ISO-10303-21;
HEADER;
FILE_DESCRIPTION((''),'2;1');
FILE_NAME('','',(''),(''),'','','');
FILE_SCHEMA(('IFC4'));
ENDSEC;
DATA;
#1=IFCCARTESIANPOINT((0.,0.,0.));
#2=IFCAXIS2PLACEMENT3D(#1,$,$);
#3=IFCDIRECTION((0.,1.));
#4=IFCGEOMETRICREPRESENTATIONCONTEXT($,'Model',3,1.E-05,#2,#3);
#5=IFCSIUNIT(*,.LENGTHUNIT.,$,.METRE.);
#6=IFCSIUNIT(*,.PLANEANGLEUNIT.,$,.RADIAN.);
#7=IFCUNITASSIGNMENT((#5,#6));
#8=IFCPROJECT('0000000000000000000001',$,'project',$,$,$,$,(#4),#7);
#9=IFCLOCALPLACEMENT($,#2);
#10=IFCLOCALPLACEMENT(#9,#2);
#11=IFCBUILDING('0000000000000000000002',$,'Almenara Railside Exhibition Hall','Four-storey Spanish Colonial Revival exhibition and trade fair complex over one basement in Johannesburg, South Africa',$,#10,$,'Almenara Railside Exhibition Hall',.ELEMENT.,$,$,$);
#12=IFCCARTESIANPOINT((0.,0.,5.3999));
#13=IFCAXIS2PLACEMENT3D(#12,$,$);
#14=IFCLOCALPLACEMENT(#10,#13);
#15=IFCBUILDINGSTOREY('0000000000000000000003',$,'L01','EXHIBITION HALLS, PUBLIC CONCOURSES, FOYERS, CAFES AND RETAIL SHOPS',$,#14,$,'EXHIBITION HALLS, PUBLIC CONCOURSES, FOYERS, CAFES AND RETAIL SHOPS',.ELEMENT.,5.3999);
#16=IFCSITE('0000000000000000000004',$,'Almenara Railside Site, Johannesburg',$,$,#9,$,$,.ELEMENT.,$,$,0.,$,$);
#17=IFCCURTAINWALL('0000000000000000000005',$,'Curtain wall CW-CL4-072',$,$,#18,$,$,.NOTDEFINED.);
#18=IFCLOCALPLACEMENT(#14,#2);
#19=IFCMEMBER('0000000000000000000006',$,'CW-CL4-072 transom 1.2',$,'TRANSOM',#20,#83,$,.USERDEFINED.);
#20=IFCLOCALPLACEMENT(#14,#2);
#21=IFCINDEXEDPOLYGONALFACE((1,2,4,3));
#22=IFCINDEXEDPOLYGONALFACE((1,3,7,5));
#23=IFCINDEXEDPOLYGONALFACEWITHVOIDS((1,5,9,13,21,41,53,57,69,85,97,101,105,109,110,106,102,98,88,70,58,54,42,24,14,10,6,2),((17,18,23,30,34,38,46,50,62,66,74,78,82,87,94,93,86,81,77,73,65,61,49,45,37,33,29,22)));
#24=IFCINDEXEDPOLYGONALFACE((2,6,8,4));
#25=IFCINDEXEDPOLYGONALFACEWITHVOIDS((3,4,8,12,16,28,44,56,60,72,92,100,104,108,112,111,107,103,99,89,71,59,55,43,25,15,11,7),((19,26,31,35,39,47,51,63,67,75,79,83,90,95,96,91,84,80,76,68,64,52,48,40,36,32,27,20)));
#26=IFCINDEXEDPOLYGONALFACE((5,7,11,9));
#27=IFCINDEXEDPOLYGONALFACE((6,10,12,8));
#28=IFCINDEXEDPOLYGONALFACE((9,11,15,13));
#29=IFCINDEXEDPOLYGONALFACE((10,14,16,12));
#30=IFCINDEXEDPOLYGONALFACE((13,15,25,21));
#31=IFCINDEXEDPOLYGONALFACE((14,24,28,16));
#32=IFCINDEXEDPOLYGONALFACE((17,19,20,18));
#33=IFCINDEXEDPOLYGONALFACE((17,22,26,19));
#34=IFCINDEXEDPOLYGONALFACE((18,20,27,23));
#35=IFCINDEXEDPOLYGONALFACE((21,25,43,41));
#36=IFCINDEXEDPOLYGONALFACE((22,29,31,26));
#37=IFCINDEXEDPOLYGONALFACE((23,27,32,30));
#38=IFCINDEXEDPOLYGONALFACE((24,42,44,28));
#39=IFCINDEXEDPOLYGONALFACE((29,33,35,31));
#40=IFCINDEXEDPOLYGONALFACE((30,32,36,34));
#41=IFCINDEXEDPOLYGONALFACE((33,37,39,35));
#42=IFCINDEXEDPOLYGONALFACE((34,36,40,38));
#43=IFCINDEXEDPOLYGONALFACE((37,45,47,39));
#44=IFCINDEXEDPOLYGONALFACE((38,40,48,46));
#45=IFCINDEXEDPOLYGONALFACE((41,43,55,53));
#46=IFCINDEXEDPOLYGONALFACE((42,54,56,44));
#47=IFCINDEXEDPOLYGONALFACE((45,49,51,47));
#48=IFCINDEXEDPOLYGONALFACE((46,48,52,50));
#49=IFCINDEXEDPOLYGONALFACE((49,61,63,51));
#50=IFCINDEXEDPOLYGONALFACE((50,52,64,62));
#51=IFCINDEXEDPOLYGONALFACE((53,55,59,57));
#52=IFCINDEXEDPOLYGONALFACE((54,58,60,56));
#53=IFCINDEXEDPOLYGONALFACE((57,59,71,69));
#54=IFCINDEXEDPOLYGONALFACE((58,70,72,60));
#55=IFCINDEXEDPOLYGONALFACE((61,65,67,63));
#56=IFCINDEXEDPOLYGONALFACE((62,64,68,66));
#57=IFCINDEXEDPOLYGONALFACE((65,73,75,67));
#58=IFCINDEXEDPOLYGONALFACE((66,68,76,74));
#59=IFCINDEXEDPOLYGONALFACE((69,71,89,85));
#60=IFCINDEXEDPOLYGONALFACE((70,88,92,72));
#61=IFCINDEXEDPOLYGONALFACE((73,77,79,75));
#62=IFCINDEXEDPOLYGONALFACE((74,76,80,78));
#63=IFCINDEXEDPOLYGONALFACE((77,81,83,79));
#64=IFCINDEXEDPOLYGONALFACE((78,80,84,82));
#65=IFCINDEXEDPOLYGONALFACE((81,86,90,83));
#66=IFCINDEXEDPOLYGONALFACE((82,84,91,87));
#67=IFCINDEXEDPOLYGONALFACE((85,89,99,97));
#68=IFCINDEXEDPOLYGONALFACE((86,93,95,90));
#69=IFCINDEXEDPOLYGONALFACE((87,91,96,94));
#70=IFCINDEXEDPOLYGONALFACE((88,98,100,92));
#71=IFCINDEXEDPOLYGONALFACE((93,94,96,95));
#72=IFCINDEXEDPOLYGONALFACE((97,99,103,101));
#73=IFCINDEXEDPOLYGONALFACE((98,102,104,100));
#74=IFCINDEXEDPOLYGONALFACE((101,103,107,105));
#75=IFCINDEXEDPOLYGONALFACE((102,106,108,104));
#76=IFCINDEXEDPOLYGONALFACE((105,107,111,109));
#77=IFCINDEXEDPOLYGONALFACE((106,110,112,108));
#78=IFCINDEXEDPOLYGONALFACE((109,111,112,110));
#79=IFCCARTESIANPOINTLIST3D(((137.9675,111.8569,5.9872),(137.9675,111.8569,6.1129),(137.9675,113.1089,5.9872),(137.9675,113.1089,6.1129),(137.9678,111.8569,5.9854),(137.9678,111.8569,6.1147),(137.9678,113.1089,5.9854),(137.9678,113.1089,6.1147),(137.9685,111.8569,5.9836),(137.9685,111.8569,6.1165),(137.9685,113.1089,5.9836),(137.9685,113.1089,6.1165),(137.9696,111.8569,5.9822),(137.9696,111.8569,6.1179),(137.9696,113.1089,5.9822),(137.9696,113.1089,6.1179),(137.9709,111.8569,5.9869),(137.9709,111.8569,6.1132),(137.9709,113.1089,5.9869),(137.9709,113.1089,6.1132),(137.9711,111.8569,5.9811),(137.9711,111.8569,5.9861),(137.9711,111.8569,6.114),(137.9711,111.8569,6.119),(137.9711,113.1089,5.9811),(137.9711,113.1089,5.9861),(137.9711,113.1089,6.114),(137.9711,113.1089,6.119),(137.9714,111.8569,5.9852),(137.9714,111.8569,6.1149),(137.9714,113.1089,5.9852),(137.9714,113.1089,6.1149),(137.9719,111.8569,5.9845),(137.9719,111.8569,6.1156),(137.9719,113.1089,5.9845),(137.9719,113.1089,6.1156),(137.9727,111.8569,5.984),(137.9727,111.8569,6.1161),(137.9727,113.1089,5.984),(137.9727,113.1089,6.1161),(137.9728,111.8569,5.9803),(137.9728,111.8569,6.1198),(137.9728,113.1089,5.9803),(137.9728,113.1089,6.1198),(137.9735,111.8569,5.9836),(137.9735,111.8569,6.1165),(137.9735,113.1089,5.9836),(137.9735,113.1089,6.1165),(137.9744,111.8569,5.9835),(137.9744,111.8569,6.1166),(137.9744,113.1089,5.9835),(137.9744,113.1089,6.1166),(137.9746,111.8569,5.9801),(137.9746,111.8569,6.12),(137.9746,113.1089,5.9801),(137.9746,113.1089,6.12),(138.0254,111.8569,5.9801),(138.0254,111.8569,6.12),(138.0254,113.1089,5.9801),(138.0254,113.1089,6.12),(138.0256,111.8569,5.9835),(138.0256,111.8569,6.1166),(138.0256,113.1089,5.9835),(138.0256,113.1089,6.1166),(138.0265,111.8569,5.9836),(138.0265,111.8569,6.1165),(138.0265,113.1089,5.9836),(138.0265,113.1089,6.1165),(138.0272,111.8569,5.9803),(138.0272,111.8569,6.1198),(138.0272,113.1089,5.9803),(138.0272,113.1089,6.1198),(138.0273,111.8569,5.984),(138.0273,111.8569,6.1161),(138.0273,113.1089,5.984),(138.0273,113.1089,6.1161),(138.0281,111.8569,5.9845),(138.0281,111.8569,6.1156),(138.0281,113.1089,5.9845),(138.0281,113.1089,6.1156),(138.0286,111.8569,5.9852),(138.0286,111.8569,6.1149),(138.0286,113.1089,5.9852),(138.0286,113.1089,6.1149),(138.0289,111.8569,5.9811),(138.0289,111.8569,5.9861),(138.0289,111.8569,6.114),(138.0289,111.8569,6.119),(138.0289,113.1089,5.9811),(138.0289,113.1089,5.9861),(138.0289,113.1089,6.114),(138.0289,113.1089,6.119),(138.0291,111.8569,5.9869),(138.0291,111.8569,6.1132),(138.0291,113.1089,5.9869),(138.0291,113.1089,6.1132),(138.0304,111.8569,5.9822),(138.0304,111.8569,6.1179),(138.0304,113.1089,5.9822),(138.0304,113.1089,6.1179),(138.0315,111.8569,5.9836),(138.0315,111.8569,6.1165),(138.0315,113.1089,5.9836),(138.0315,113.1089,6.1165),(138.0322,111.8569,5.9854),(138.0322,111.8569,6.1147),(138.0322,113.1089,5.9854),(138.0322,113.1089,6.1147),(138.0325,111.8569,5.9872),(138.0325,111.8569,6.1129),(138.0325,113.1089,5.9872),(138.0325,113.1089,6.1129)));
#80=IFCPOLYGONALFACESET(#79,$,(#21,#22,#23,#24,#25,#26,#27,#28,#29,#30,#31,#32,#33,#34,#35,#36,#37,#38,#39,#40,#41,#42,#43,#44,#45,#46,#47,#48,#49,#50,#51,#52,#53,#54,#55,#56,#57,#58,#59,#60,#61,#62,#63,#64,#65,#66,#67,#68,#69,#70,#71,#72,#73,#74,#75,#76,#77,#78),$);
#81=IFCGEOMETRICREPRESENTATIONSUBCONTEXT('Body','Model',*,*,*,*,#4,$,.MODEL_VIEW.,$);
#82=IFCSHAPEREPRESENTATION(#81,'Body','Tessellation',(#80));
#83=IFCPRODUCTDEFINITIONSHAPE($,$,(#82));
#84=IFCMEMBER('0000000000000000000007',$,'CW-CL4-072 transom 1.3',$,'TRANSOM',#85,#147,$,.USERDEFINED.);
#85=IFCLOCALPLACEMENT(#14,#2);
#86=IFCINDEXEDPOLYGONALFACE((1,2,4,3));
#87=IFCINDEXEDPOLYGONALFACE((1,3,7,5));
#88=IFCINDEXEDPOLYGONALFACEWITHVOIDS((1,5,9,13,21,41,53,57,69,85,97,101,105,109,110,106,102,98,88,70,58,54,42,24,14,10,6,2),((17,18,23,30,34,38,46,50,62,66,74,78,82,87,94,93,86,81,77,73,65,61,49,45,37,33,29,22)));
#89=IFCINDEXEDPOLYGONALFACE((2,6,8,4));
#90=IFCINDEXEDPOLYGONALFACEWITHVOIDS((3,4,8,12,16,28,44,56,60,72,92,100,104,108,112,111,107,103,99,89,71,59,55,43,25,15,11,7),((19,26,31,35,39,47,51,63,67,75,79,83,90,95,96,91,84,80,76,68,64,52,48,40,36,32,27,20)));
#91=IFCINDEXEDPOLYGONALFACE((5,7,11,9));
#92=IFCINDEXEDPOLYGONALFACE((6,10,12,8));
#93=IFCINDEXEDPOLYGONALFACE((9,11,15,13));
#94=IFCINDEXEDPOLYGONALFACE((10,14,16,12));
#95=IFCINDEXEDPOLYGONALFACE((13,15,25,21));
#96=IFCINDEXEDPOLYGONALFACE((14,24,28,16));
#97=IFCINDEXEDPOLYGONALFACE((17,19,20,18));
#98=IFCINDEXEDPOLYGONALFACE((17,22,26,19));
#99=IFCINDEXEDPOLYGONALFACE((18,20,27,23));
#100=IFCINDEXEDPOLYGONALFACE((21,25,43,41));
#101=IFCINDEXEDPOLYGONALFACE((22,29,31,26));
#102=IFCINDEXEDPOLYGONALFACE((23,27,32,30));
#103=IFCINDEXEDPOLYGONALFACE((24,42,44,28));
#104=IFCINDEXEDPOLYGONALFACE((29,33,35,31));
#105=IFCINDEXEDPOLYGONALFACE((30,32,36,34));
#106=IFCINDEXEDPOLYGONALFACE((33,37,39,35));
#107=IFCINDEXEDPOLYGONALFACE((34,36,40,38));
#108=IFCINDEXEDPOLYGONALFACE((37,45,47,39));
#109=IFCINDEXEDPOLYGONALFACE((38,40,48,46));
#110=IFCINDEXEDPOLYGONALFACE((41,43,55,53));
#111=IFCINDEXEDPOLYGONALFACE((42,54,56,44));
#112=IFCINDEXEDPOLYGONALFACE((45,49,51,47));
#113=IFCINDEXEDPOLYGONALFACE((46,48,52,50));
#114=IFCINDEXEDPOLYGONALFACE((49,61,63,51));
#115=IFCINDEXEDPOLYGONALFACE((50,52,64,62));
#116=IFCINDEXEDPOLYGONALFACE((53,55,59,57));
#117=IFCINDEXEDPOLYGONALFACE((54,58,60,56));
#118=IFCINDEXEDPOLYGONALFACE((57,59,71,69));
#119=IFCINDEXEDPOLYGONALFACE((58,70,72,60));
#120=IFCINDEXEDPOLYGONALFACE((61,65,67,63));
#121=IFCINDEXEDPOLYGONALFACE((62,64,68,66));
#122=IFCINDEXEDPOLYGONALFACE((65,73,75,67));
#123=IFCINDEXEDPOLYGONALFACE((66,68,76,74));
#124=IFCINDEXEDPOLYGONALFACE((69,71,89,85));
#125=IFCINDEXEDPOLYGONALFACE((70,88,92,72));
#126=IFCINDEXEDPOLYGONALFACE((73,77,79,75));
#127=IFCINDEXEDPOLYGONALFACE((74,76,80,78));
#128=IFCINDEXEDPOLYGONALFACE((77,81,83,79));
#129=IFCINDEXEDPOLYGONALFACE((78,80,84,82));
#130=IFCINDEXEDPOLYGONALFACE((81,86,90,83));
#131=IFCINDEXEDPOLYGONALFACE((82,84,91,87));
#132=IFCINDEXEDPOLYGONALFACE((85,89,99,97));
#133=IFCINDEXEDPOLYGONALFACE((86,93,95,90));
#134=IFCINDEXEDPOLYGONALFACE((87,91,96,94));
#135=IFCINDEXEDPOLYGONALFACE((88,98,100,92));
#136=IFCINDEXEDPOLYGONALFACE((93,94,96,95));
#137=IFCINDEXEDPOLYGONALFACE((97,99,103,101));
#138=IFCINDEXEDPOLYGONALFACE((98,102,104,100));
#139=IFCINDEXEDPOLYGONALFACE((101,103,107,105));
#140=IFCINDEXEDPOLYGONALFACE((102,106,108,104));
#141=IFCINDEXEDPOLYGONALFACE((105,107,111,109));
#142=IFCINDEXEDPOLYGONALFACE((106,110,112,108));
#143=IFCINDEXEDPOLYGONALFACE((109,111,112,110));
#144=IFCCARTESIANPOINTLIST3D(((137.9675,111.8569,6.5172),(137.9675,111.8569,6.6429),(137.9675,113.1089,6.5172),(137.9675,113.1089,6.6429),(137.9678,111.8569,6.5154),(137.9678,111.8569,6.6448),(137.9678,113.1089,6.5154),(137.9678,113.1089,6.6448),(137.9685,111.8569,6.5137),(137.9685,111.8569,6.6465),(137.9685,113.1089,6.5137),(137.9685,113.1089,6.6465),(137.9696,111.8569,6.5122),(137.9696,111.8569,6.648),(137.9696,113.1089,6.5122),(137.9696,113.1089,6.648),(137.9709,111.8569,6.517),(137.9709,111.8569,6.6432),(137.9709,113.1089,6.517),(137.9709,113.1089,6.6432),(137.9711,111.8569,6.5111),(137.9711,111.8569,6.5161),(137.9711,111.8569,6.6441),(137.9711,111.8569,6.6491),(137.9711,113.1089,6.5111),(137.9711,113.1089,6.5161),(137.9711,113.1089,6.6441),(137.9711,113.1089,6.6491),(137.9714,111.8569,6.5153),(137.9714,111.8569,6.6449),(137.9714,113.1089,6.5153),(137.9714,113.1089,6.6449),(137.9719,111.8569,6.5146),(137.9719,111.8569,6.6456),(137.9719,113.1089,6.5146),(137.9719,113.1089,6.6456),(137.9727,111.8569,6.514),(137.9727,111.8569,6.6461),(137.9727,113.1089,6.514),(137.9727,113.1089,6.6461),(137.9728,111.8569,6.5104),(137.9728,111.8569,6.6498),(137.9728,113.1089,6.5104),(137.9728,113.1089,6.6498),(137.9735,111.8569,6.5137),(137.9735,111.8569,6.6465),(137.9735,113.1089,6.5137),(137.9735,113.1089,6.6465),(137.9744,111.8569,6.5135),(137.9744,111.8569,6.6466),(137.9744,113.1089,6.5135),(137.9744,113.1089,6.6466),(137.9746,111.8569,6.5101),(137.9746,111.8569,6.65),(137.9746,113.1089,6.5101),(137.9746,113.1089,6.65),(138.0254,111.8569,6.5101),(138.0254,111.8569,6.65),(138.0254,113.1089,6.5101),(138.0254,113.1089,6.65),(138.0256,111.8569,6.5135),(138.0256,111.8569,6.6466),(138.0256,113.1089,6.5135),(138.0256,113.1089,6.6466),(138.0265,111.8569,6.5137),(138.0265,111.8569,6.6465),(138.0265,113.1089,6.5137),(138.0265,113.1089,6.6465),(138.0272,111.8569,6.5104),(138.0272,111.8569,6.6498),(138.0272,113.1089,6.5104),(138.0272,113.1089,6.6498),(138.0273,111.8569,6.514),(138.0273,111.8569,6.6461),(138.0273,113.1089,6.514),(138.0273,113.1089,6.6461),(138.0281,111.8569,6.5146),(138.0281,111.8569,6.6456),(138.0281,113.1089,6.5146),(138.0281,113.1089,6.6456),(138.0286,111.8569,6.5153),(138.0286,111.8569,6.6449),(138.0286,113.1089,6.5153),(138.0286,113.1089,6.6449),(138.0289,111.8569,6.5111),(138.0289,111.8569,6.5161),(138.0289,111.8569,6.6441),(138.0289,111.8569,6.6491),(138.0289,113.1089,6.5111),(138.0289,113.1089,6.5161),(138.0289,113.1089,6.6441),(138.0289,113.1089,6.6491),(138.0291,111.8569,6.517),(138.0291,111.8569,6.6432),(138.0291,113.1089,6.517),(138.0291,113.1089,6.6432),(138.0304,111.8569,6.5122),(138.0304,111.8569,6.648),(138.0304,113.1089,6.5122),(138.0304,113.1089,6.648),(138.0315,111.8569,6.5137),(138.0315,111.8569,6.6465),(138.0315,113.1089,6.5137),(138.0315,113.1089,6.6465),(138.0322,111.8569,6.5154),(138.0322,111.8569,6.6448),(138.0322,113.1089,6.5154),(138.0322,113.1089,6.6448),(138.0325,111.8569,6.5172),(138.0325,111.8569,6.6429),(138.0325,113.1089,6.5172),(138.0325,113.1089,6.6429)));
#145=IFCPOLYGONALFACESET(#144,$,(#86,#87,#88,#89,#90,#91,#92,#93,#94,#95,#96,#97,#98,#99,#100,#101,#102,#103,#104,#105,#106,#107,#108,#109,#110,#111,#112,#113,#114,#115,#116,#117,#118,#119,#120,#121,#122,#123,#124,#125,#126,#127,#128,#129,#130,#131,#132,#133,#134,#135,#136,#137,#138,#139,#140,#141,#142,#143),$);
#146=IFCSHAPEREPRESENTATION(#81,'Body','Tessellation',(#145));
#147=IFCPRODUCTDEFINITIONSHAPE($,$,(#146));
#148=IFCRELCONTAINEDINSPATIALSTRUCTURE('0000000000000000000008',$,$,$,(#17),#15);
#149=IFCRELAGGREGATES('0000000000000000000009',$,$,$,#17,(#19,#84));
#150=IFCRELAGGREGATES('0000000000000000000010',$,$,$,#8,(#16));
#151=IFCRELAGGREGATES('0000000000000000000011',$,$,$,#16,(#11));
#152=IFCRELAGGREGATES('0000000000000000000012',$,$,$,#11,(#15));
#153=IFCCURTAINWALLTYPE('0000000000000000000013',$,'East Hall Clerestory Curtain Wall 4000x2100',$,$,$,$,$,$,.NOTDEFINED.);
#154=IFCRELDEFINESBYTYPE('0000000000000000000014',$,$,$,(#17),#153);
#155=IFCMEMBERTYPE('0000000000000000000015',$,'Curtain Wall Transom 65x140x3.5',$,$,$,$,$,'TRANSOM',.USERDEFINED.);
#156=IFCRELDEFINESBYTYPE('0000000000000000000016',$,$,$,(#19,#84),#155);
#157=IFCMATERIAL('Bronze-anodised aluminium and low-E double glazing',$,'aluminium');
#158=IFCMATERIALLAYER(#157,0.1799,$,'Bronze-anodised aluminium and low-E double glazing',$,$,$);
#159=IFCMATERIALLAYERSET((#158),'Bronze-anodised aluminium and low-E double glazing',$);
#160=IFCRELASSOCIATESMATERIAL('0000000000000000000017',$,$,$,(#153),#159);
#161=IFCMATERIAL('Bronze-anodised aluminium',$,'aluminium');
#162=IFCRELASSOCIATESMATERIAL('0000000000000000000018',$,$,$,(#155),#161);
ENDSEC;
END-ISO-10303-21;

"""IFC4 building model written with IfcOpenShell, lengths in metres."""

from ifc_helpers import new_model, si_unit, direction, frame, origin, origin_2d, place, context, subcontext, project, spatial, hollow_rectangle, extrude, material, layer, layer_set, material_profile, profile_set, type_object, element, aggregate, save


model = new_model("IFC4")

# Units and contexts
model_context = context("Model", 3, precision=1e-05, world=origin(), true_north=direction((0.0, 1.0)))
body_context = subcontext(model_context, "Body", "Model", "MODEL_VIEW")
ifc_project = project(units=[si_unit("LENGTHUNIT", "METRE"), si_unit("PLANEANGLEUNIT", "RADIAN")], contexts=[model_context])

# Site, building, storey
site_placement = place(None, origin())
site = spatial("IfcSite", under=ifc_project, at=site_placement, Name="Almenara Railside Site, Johannesburg", CompositionType="ELEMENT", RefElevation=0.0)
building_placement = place(site_placement, origin())
building = spatial("IfcBuilding", under=site, at=building_placement, Name="Almenara Railside Exhibition Hall", Description="Four-storey Spanish Colonial Revival exhibition and trade fair complex over one basement in Johannesburg, South Africa", LongName="Almenara Railside Exhibition Hall", CompositionType="ELEMENT")
storey_placement = place(building_placement, frame((0.0, 0.0, 5.3999)))
storey = spatial("IfcBuildingStorey", under=building, at=storey_placement, Name="L01", Description="EXHIBITION HALLS, PUBLIC CONCOURSES, FOYERS, CAFES AND RETAIL SHOPS", LongName="EXHIBITION HALLS, PUBLIC CONCOURSES, FOYERS, CAFES AND RETAIL SHOPS", CompositionType="ELEMENT", Elevation=5.3999)

# Curtain wall
ifc_material_1 = material(Name="Bronze-anodised aluminium and low-E double glazing", Category="aluminium")
ifc_layer_1 = layer(ifc_material_1, 0.1799, Name="Bronze-anodised aluminium and low-E double glazing")
ifc_layer_set_1 = layer_set([ifc_layer_1], Name="Bronze-anodised aluminium and low-E double glazing")
curtain_wall_type = type_object("IfcCurtainWallType", Name="East Hall Clerestory Curtain Wall 4000x2100", PredefinedType="NOTDEFINED", material=ifc_layer_set_1)
curtain_wall_1_placement = place(storey_placement, origin())
curtain_wall_1 = element("IfcCurtainWall", 1, at=curtain_wall_1_placement, inside=storey, type_object=curtain_wall_type, Name="Curtain wall CW-CL4-072", PredefinedType="NOTDEFINED")
ifc_material_2 = material(Name="Bronze-anodised aluminium", Category="aluminium")

# Members
ifc_material_profile_1 = material_profile(ifc_material_2, hollow_rectangle(XDim=0.0649, YDim=0.1399, WallThickness=0.0034, InnerFilletRadius=0.0034, OuterFilletRadius=0.0071, at=origin_2d()), Name="ALU-TRN 65x140x3.5")
ifc_profile_set_1 = profile_set([ifc_material_profile_1], Name="Bronze-anodised aluminium")
member_type_1 = type_object("IfcMemberType", Name="Curtain Wall Transom 65x140x3.5", ElementType="TRANSOM", PredefinedType="USERDEFINED", material=ifc_profile_set_1)
member_1_placement = place(storey_placement, frame((138.0, 111.8569, 6.05), z_axis=(0.0, 1.0, 0.0), x_axis=(-1.0, 0.0, 0.0)))
member_1 = element("IfcMember", 2, at=member_1_placement, type_object=member_type_1, Name="CW-CL4-072 transom 1.2", ObjectType="TRANSOM", PredefinedType="USERDEFINED", context=body_context, shape_type="SweptSolid", body=[
    extrude(hollow_rectangle(XDim=0.0649, YDim=0.1399, WallThickness=0.0034, InnerFilletRadius=0.0034, OuterFilletRadius=0.0071, at=origin_2d()), origin(), (0.0, 0.0, 1.0), 1.252),
])
member_2_placement = place(storey_placement, frame((138.0, 111.8569, 6.5801), z_axis=(0.0, 1.0, 0.0), x_axis=(-1.0, 0.0, 0.0)))
member_2 = element("IfcMember", 3, at=member_2_placement, type_object=member_type_1, Name="CW-CL4-072 transom 1.3", ObjectType="TRANSOM", PredefinedType="USERDEFINED", context=body_context, shape_type="SweptSolid", body=[
    extrude(hollow_rectangle(XDim=0.0649, YDim=0.1399, WallThickness=0.0034, InnerFilletRadius=0.0034, OuterFilletRadius=0.0071, at=origin_2d()), origin(), (0.0, 0.0, 1.0), 1.252),
])

aggregate(curtain_wall_1, [member_1, member_2])

save(model, "model.ifc")
